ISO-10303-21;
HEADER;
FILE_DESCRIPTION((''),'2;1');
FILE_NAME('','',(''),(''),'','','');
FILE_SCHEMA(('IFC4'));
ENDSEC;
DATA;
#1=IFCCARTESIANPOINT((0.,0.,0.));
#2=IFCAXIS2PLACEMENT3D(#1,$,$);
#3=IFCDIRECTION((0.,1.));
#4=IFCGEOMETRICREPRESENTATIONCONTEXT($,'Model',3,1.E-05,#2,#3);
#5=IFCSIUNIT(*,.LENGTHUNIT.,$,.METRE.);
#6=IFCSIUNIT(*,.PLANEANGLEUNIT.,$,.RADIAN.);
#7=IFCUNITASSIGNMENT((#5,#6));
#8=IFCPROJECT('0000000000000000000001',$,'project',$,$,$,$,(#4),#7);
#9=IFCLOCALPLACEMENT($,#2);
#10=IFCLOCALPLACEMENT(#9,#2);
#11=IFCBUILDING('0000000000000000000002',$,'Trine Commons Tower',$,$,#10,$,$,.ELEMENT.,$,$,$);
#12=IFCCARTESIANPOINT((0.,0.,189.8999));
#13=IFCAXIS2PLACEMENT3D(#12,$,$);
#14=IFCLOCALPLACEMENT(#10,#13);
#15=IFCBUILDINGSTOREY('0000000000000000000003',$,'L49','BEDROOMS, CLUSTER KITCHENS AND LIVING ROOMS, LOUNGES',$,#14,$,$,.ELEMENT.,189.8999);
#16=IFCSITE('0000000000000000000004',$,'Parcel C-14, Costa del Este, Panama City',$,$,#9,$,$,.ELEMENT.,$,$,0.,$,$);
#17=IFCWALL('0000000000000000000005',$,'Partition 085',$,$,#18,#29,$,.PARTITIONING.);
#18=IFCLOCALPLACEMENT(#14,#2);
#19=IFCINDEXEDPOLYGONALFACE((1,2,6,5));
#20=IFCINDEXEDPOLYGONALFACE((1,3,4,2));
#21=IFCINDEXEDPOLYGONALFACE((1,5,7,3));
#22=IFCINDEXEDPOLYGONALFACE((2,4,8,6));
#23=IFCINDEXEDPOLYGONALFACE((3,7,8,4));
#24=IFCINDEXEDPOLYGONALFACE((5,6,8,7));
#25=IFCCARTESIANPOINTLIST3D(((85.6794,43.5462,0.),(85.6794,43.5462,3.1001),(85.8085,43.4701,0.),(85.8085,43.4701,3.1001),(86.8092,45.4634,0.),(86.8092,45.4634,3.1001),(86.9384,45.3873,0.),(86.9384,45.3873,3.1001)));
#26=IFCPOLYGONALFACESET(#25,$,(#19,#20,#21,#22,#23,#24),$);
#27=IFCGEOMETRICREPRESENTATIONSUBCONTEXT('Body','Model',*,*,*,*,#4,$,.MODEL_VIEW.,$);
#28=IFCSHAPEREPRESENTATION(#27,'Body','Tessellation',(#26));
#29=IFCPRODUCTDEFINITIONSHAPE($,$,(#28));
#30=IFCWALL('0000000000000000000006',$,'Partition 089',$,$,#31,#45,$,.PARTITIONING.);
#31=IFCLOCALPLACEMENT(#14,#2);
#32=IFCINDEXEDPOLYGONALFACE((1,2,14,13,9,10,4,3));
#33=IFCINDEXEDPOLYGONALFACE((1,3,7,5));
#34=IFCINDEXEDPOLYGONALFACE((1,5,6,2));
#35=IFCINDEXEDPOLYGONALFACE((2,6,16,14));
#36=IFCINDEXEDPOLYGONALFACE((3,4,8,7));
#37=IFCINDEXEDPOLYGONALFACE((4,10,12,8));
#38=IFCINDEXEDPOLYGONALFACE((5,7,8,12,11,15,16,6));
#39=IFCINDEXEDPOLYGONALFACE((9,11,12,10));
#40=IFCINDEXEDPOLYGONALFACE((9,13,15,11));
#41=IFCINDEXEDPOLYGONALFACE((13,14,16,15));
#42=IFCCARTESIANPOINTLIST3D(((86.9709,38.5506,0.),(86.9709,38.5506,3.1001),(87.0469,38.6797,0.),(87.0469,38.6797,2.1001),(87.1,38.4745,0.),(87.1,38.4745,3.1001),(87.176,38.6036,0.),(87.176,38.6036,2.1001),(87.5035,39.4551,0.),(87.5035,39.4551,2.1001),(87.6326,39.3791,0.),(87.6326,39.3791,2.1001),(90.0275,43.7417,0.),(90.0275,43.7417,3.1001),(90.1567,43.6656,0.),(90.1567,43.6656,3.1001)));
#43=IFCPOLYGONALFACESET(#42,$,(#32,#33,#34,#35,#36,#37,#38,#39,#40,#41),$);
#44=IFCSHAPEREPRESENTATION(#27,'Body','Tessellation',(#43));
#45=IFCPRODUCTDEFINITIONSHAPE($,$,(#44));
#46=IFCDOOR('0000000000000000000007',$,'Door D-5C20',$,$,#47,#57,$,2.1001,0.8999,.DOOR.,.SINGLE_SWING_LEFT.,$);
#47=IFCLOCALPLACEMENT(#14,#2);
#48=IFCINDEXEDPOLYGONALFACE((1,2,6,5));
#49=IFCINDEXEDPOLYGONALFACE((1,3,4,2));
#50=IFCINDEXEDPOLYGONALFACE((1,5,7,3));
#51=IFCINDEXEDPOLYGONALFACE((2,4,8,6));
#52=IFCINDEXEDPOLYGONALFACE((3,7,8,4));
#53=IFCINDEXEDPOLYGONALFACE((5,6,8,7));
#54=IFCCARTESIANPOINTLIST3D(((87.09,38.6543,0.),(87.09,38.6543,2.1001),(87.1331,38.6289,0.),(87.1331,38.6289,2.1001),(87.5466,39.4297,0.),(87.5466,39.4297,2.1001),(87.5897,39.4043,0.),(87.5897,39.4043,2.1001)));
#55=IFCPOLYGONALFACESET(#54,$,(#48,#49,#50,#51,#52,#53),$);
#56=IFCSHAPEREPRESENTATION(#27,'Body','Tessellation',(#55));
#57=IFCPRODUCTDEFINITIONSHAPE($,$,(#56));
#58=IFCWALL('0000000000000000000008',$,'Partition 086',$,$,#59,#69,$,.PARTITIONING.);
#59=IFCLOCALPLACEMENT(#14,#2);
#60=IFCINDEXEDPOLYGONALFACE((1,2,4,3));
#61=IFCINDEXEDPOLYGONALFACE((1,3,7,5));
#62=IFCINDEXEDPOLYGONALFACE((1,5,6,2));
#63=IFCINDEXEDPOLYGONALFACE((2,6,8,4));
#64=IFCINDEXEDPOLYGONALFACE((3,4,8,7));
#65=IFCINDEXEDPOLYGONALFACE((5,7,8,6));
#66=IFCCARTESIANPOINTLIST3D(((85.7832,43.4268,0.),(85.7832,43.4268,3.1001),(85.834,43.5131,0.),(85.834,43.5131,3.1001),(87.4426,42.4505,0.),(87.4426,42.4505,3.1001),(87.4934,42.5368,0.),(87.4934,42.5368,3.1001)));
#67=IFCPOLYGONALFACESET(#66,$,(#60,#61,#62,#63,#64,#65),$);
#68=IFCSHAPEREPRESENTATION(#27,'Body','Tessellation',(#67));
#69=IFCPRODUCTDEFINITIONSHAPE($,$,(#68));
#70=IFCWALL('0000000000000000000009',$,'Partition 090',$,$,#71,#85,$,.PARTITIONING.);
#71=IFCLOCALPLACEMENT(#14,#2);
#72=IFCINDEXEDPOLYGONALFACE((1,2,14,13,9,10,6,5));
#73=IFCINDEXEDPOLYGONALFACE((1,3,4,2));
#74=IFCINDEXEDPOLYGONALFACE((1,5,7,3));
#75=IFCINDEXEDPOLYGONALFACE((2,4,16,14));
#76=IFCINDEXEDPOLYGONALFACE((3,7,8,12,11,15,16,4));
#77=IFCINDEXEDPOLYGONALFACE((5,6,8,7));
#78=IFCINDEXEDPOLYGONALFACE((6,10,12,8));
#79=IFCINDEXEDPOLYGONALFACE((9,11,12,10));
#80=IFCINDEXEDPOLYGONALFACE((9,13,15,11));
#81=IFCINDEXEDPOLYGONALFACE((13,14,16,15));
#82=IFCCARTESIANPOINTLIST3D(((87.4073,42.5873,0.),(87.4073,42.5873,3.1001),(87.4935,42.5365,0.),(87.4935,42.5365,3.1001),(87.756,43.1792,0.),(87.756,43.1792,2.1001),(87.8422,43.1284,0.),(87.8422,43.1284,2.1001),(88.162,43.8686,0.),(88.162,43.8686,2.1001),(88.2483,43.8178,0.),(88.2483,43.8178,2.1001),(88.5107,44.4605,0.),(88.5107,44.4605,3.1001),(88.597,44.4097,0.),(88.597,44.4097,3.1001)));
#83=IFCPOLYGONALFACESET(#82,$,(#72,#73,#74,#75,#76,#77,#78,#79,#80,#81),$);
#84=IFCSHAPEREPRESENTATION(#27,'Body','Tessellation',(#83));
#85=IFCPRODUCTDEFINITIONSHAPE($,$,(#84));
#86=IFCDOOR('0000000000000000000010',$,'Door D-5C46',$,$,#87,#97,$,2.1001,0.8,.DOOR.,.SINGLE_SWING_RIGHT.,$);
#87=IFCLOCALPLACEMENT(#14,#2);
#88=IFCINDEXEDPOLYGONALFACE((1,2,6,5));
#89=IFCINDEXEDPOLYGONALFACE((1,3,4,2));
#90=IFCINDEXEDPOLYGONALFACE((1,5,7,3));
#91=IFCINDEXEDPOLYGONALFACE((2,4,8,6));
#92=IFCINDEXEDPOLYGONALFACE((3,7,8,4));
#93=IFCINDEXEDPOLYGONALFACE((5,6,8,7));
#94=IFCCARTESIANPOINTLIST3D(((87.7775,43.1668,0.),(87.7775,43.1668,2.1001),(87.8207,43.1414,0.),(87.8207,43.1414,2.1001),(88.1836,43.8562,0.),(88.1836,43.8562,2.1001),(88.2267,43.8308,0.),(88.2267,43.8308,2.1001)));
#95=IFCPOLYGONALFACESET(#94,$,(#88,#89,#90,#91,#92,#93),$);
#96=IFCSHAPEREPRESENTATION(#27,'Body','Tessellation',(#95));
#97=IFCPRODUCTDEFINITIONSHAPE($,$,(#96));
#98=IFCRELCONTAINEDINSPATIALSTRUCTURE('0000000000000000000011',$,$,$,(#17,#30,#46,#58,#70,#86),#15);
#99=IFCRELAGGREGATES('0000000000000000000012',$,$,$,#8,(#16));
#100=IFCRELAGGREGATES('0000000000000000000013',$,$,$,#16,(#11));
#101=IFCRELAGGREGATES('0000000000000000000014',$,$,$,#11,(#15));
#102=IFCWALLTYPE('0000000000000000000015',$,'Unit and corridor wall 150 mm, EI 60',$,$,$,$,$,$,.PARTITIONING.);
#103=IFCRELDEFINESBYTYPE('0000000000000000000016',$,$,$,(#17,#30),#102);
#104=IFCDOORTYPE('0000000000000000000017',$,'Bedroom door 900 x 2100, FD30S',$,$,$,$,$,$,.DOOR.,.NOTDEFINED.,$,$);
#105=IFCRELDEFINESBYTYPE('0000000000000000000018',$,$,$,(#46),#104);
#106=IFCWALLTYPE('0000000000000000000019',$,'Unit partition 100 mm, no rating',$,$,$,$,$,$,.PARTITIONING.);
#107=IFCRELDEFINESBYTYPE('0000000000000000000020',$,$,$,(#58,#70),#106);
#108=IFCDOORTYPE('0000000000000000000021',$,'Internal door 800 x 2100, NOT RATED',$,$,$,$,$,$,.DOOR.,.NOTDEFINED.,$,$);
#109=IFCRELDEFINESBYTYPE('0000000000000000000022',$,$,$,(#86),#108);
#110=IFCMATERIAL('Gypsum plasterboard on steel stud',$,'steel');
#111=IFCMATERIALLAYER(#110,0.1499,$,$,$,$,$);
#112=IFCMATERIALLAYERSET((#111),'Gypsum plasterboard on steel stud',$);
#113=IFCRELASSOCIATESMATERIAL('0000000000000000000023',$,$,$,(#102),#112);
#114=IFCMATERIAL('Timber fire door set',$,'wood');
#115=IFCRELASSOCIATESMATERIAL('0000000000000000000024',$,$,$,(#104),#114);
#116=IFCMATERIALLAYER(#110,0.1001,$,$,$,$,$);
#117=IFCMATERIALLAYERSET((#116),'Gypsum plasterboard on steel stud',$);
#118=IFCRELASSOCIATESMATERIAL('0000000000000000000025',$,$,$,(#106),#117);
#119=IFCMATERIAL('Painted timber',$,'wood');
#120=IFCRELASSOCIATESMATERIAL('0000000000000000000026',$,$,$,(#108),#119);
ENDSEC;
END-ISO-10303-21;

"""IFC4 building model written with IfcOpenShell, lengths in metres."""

from ifc_helpers import new_model, si_unit, direction, frame, frame_2d, origin, place, context, subcontext, project, spatial, rectangle, extrude, material, layer, layer_set, type_object, element, fill, save


model = new_model("IFC4")

# Units and contexts
model_context = context("Model", 3, precision=1e-05, world=origin(), true_north=direction((0.0, 1.0)))
body_context = subcontext(model_context, "Body", "Model", "MODEL_VIEW")
ifc_project = project(units=[si_unit("LENGTHUNIT", "METRE"), si_unit("PLANEANGLEUNIT", "RADIAN")], contexts=[model_context])

# Site, building, storey
site_placement = place(None, origin())
site = spatial("IfcSite", under=ifc_project, at=site_placement, Name="Parcel C-14, Costa del Este, Panama City", CompositionType="ELEMENT", RefElevation=0.0)
building_placement = place(site_placement, origin())
building = spatial("IfcBuilding", under=site, at=building_placement, Name="Trine Commons Tower", CompositionType="ELEMENT")
storey_placement = place(building_placement, frame((0.0, 0.0, 189.8999)))
storey = spatial("IfcBuildingStorey", under=building, at=storey_placement, Name="L49", Description="BEDROOMS, CLUSTER KITCHENS AND LIVING ROOMS, LOUNGES", CompositionType="ELEMENT", Elevation=189.8999)

# Wall
ifc_material_1 = material(Name="Gypsum plasterboard on steel stud", Category="steel")
ifc_layer_1 = layer(ifc_material_1, 0.1499)
ifc_layer_set_1 = layer_set([ifc_layer_1], Name="Gypsum plasterboard on steel stud")
wall_type_1 = type_object("IfcWallType", Name="Unit and corridor wall 150 mm, EI 60", PredefinedType="PARTITIONING", material=ifc_layer_set_1)
wall_1_placement = place(storey_placement, frame((85.7439, 43.5081, 0.0), z_axis=(0.0, 0.0, 1.0), x_axis=(0.50772, 0.861522, 0.0)))
element("IfcWall", 1, at=wall_1_placement, inside=storey, type_object=wall_type_1, Name="Partition 085", PredefinedType="PARTITIONING", context=body_context, shape_type="SweptSolid", body=[
    extrude(rectangle(XDim=2.2253, YDim=0.1499, at=frame_2d((1.1128, 0.0))), origin(), (0.0, 0.0, 1.0), 3.1001),
])

# Wall, opening, door
wall_2_placement = place(storey_placement, frame((87.0354, 38.5125, 0.0), z_axis=(0.0, 0.0, 1.0), x_axis=(0.507392, 0.861715, 0.0)))
wall_2 = element("IfcWall", 2, at=wall_2_placement, inside=storey, type_object=wall_type_1, Name="Partition 089", PredefinedType="PARTITIONING", context=body_context, shape_type="SweptSolid", body=[
    extrude(rectangle(XDim=6.0242, YDim=0.1499, at=frame_2d((3.0122, 0.0))), origin(), (0.0, 0.0, 1.0), 3.1001),
])
opening_1_placement = place(wall_2_placement, frame((0.1499, 0.0, 0.0)))
opening_1 = element("IfcOpeningElement", 3, at=opening_1_placement, cuts=wall_2, PredefinedType="OPENING", context=body_context, shape_type="SweptSolid", body=[
    extrude(rectangle(XDim=0.8999, YDim=2.1001, at=frame_2d((0.45, 1.05))), frame((0.0, 0.085, 0.0), z_axis=(0.0, -1.0, 0.0), x_axis=(1.0, 0.0, 0.0)), (0.0, 0.0, 1.0), 0.1699),
])
ifc_material_2 = material(Name="Timber fire door set", Category="wood")
door_type_1 = type_object("IfcDoorType", Name="Bedroom door 900 x 2100, FD30S", OperationType="NOTDEFINED", PredefinedType="DOOR", material=ifc_material_2)
door_1_placement = place(opening_1_placement, origin())
door_1 = element("IfcDoor", 4, at=door_1_placement, inside=storey, type_object=door_type_1, Name="Door D-5C20", OperationType="SINGLE_SWING_LEFT", OverallHeight=2.1001, OverallWidth=0.8999, PredefinedType="DOOR", context=body_context, shape_type="SweptSolid", body=[
    extrude(rectangle(XDim=0.8999, YDim=2.1001, at=frame_2d((0.45, 1.05))), frame((0.0, 0.0249, 0.0), z_axis=(0.0, -1.0, 0.0), x_axis=(1.0, 0.0, 0.0)), (0.0, 0.0, 1.0), 0.05),
])
fill(opening_1, door_1)

# Wall
ifc_layer_2 = layer(ifc_material_1, 0.1001)
ifc_layer_set_2 = layer_set([ifc_layer_2], Name="Gypsum plasterboard on steel stud")
wall_type_2 = type_object("IfcWallType", Name="Unit partition 100 mm, no rating", PredefinedType="PARTITIONING", material=ifc_layer_set_2)
wall_3_placement = place(storey_placement, frame((85.8086, 43.47, 0.0), z_axis=(0.0, 0.0, 1.0), x_axis=(0.861892, -0.507092, 0.0)))
element("IfcWall", 5, at=wall_3_placement, inside=storey, type_object=wall_type_2, Name="Partition 086", PredefinedType="PARTITIONING", context=body_context, shape_type="SweptSolid", body=[
    extrude(rectangle(XDim=1.9253, YDim=0.1001, at=frame_2d((0.9626, 0.0))), origin(), (0.0, 0.0, 1.0), 3.1001),
])

# Wall, opening, door
wall_4_placement = place(storey_placement, frame((87.4504, 42.562, 0.0), z_axis=(0.0, 0.0, 1.0), x_axis=(0.50756, 0.861617, 0.0)))
wall_4 = element("IfcWall", 6, at=wall_4_placement, inside=storey, type_object=wall_type_2, Name="Partition 090", PredefinedType="PARTITIONING", context=body_context, shape_type="SweptSolid", body=[
    extrude(rectangle(XDim=2.1741, YDim=0.1001, at=frame_2d((1.0869, 0.0))), origin(), (0.0, 0.0, 1.0), 3.1001),
])
opening_2_placement = place(wall_4_placement, frame((0.687, 0.0, 0.0)))
opening_2 = element("IfcOpeningElement", 7, at=opening_2_placement, cuts=wall_4, PredefinedType="OPENING", context=body_context, shape_type="SweptSolid", body=[
    extrude(rectangle(XDim=0.8, YDim=2.1001, at=frame_2d((0.3999, 1.05))), frame((0.0, 0.0601, 0.0), z_axis=(0.0, -1.0, 0.0), x_axis=(1.0, 0.0, 0.0)), (0.0, 0.0, 1.0), 0.1201),
])
ifc_material_3 = material(Name="Painted timber", Category="wood")
door_type_2 = type_object("IfcDoorType", Name="Internal door 800 x 2100, NOT RATED", OperationType="NOTDEFINED", PredefinedType="DOOR", material=ifc_material_3)
door_2_placement = place(opening_2_placement, frame((0.8, 0.0, 0.0), z_axis=(0.0, 0.0, 1.0), x_axis=(-1.0, 0.0, 0.0)))
door_2 = element("IfcDoor", 8, at=door_2_placement, inside=storey, type_object=door_type_2, Name="Door D-5C46", OperationType="SINGLE_SWING_RIGHT", OverallHeight=2.1001, OverallWidth=0.8, PredefinedType="DOOR", context=body_context, shape_type="SweptSolid", body=[
    extrude(rectangle(XDim=0.8, YDim=2.1001, at=frame_2d((0.3999, 1.05))), frame((0.0, 0.0249, 0.0), z_axis=(0.0, -1.0, 0.0), x_axis=(1.0, 0.0, 0.0)), (0.0, 0.0, 1.0), 0.05),
])
fill(opening_2, door_2)

save(model, "model.ifc")
